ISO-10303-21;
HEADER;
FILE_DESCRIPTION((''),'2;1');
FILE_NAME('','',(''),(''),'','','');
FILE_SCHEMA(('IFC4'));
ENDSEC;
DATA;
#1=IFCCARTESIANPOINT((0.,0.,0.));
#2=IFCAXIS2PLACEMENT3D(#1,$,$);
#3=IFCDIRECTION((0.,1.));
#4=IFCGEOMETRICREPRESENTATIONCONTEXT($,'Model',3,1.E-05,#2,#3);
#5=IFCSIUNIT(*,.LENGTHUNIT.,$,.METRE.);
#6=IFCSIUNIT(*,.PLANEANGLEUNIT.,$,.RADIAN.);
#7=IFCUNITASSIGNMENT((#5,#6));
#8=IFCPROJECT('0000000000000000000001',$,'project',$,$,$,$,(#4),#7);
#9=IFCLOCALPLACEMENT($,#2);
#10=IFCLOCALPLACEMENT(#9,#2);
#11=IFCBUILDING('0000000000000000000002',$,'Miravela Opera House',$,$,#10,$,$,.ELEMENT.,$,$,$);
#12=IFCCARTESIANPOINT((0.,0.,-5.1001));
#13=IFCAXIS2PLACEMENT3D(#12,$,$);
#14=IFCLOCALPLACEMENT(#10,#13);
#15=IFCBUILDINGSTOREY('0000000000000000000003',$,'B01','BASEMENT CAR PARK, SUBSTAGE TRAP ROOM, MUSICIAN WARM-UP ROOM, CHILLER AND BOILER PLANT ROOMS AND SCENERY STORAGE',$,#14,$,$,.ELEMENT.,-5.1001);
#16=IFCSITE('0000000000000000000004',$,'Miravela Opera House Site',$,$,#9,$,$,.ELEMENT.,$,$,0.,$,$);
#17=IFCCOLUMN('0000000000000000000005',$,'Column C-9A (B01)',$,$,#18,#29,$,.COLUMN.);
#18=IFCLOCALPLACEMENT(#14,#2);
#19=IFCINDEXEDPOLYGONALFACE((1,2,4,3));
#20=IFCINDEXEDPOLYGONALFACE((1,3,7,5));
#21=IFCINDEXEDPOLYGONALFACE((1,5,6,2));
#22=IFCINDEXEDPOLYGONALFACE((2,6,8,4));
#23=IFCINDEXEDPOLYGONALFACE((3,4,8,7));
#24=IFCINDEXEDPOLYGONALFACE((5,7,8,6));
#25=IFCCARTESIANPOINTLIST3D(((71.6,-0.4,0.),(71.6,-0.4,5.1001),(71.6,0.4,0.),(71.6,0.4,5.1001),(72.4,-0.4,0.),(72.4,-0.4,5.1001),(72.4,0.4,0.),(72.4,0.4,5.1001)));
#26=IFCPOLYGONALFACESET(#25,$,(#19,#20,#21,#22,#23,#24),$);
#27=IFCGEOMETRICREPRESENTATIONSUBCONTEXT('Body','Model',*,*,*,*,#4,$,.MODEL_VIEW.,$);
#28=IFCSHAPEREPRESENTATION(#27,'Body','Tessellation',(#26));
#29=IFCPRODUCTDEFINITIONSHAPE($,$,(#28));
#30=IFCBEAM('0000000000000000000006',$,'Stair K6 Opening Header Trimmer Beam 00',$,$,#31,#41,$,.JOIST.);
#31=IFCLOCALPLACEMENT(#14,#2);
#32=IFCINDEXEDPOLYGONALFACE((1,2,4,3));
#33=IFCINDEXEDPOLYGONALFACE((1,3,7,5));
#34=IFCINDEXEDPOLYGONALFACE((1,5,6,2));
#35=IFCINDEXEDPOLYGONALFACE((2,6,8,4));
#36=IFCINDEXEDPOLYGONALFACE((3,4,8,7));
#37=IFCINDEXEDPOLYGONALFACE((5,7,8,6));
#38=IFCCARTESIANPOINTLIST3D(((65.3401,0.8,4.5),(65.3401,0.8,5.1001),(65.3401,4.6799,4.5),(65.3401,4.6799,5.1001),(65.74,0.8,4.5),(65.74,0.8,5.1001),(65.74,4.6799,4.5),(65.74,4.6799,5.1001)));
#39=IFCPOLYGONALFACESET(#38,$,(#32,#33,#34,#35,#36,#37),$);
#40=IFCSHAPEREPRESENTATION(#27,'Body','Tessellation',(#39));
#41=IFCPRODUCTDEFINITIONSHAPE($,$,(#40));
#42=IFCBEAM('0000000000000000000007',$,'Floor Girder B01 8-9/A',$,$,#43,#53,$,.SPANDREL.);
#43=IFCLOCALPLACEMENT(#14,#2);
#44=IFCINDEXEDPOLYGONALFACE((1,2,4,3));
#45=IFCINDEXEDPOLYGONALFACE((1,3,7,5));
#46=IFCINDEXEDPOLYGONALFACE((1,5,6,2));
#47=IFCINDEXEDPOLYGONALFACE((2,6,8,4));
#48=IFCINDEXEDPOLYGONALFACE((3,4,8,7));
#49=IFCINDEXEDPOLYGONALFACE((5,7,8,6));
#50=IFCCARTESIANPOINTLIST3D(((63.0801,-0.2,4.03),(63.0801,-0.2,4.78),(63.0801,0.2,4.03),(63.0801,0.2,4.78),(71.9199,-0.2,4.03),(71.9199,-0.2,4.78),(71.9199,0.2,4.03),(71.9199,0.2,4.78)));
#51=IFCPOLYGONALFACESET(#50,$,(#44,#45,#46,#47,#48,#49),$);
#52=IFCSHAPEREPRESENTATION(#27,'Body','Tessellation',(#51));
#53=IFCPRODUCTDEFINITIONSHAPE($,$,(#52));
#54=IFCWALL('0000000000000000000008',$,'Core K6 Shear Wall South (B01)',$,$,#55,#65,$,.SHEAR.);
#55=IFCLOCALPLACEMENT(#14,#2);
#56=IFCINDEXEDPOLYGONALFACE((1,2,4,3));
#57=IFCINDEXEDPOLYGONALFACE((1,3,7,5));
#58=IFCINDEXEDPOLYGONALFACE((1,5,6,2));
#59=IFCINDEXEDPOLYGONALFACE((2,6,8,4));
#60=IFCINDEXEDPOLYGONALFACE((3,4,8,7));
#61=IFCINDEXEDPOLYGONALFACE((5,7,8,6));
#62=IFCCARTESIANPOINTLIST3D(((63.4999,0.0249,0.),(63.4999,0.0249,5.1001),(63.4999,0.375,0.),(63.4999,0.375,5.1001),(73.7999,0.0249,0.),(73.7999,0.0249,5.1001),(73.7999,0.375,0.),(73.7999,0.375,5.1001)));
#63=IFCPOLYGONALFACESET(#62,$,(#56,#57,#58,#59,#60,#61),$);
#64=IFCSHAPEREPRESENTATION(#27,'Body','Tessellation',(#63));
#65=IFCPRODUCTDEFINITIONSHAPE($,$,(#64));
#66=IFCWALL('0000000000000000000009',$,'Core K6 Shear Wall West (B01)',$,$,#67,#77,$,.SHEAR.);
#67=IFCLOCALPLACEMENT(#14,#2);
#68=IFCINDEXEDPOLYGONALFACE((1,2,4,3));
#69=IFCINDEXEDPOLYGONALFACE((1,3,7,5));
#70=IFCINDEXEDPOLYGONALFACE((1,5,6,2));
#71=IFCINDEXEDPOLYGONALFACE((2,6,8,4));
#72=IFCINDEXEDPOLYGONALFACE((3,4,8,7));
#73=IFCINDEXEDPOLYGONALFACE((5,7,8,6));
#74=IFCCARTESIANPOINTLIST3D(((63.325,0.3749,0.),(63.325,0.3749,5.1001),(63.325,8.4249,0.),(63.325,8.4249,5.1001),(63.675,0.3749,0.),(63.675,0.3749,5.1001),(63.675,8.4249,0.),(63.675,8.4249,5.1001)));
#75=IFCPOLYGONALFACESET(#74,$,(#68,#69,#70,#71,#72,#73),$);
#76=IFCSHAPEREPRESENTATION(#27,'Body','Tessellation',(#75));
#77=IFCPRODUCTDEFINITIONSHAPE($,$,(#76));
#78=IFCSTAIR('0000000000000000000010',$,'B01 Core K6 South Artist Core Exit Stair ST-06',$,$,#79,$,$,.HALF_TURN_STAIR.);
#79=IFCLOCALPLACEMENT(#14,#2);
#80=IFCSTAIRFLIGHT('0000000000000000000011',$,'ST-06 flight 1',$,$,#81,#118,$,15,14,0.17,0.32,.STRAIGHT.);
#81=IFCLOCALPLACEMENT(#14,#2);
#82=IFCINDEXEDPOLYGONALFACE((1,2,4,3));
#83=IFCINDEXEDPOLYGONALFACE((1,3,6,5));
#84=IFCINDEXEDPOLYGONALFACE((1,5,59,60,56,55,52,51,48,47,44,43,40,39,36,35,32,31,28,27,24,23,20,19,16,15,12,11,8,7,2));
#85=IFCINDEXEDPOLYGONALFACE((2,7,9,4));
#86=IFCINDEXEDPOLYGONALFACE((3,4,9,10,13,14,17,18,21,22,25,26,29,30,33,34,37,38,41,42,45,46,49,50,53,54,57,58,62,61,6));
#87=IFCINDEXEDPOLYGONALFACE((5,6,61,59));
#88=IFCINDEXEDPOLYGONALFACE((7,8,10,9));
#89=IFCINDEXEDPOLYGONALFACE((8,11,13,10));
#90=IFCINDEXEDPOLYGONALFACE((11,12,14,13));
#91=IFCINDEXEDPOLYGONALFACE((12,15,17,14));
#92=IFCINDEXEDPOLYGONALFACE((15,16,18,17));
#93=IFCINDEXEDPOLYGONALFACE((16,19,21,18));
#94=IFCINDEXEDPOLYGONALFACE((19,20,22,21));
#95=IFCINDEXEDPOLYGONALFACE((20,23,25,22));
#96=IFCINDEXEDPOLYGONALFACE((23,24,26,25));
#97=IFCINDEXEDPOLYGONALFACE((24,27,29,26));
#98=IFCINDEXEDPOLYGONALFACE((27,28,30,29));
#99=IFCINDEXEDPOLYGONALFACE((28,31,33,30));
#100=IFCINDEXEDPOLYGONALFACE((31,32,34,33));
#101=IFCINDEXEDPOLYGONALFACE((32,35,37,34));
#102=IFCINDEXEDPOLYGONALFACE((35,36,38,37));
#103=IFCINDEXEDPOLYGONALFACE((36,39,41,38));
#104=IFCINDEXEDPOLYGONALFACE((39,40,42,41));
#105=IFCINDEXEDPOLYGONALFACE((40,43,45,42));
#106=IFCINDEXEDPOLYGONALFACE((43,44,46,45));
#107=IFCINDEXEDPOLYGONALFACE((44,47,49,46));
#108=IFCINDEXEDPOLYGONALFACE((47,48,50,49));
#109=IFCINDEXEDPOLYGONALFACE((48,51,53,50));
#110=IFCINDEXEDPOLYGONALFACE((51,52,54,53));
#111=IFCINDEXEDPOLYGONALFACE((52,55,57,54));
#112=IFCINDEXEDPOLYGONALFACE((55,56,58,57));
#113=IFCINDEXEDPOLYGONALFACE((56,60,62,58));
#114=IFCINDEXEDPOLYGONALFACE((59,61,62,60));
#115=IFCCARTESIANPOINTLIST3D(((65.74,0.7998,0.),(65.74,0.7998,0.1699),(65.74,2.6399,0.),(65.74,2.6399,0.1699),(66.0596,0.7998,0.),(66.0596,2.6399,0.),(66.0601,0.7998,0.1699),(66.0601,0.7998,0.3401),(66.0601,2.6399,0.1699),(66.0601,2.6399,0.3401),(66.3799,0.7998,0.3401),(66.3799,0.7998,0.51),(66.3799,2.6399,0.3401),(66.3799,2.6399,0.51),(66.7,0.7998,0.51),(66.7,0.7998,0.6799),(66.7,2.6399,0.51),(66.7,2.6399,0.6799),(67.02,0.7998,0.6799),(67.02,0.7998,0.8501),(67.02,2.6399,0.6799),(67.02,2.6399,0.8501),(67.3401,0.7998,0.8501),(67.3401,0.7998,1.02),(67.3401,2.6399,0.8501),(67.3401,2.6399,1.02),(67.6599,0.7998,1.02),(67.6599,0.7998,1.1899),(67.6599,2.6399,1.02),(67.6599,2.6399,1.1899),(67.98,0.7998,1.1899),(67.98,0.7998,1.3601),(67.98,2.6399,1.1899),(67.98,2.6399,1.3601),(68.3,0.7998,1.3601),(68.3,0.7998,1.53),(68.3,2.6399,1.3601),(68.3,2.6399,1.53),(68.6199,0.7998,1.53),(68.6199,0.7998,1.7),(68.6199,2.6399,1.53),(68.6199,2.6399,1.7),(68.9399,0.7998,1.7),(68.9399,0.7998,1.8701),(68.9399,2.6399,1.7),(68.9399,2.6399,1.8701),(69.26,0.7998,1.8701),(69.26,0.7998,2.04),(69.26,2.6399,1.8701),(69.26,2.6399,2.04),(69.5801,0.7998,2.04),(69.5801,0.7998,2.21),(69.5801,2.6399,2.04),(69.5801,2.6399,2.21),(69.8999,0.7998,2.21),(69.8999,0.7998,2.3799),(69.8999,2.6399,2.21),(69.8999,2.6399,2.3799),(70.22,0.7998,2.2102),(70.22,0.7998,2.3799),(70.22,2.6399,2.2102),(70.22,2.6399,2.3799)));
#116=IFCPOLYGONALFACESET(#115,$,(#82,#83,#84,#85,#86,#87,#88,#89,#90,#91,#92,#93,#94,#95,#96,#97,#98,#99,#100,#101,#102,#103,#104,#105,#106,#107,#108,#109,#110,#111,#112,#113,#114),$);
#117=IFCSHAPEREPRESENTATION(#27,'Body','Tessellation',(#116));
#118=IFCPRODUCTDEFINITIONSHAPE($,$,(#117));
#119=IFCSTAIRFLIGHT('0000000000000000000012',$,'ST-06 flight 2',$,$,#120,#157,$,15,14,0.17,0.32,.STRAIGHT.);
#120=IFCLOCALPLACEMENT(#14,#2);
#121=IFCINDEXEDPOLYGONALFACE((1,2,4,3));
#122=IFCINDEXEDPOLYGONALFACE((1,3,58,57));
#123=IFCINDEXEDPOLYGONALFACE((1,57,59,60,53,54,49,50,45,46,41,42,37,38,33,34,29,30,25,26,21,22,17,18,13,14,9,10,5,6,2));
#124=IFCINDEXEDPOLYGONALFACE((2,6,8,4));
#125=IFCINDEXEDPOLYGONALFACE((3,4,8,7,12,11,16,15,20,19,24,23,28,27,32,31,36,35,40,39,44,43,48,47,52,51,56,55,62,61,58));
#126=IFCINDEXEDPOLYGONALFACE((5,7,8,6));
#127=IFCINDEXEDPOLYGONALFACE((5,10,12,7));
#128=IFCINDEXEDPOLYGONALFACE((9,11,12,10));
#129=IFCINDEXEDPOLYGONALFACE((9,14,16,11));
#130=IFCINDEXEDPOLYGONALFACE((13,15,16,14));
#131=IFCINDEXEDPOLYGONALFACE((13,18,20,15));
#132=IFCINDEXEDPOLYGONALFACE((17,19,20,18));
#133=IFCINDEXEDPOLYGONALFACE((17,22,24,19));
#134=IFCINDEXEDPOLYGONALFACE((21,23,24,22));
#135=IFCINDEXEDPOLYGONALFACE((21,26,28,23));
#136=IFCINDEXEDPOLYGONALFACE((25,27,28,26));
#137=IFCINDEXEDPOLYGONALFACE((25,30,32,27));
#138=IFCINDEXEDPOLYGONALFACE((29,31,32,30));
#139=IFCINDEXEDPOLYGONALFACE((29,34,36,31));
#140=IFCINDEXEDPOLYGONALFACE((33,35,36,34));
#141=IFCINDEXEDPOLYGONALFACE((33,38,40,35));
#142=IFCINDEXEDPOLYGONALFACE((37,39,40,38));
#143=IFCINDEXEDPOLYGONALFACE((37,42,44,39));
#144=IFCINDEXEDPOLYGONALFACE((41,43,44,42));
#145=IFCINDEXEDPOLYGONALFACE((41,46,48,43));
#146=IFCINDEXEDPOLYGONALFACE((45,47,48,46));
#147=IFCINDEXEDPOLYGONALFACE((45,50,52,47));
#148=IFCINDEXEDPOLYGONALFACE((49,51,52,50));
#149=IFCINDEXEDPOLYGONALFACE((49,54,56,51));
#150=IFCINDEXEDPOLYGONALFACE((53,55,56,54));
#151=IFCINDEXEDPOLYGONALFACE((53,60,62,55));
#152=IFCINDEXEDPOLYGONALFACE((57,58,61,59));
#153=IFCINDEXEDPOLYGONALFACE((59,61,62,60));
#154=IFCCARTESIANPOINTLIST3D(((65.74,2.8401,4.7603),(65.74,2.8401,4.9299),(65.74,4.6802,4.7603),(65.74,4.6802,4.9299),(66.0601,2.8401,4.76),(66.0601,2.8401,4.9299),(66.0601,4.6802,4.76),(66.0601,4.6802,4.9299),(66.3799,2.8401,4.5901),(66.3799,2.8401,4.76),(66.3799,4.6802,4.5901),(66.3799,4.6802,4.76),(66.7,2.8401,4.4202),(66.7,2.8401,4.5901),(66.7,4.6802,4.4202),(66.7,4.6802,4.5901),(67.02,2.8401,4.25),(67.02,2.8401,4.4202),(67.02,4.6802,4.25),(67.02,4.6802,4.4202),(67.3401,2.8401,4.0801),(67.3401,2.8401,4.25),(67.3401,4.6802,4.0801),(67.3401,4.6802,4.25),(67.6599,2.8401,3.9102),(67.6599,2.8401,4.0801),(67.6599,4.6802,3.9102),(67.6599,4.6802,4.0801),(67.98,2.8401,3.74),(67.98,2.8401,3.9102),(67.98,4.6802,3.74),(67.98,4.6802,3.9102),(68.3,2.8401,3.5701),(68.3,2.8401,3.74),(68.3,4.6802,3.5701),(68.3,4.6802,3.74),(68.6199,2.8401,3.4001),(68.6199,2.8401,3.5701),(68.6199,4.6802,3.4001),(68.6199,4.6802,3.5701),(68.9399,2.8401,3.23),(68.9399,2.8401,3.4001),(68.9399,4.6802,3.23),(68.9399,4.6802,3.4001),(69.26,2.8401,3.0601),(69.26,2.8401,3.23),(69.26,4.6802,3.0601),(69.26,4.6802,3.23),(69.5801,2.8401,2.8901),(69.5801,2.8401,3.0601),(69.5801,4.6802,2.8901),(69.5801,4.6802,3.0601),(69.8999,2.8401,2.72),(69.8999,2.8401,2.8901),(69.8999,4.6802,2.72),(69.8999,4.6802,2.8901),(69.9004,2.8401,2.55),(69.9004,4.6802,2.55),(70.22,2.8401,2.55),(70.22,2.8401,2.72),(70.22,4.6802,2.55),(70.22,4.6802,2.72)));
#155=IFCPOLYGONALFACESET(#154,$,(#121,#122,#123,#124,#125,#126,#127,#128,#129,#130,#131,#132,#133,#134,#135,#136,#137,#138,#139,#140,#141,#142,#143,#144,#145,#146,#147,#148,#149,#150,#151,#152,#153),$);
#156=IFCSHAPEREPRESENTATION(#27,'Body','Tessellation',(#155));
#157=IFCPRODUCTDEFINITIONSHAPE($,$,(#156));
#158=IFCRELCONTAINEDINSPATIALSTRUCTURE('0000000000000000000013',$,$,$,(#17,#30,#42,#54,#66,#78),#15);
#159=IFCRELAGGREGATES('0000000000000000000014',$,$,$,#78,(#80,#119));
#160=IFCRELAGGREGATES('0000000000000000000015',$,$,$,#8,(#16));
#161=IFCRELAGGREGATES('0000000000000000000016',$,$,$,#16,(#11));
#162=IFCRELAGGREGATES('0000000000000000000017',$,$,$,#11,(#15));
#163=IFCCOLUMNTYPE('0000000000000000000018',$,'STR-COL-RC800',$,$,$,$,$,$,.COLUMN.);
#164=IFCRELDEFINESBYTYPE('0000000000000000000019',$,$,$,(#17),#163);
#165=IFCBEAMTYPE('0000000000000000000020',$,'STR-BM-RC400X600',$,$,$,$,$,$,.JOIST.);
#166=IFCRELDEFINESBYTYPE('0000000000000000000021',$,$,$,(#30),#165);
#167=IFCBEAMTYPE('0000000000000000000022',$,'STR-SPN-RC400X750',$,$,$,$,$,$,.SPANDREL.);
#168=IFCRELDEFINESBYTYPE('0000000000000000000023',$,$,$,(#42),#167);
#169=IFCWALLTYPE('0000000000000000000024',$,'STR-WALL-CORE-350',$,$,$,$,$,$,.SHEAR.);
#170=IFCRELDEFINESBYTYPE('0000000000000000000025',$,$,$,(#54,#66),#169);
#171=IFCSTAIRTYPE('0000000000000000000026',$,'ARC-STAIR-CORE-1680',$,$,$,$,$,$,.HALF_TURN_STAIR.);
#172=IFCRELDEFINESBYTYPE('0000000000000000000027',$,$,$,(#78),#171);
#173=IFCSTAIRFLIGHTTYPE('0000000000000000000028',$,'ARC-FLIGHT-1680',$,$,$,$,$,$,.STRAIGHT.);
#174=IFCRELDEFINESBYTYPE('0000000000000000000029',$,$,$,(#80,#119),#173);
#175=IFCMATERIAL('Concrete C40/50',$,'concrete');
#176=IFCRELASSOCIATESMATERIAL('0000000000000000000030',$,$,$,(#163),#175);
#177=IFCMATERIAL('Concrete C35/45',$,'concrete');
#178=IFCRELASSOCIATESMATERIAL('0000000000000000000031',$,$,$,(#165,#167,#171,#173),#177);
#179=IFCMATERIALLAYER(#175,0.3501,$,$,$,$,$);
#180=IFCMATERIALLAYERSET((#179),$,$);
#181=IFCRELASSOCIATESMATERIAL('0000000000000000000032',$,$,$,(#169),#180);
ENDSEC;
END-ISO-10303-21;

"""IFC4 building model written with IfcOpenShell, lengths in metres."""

from ifc_helpers import new_model, si_unit, direction, frame, frame_2d, origin, origin_2d, place, context, subcontext, project, spatial, polyline, rectangle, outline, extrude, material, layer, layer_set, material_profile, profile_set, type_object, element, aggregate, save


model = new_model("IFC4")

# Units and contexts
model_context = context("Model", 3, precision=1e-05, world=origin(), true_north=direction((0.0, 1.0)))
body_context = subcontext(model_context, "Body", "Model", "MODEL_VIEW")
ifc_project = project(units=[si_unit("LENGTHUNIT", "METRE"), si_unit("PLANEANGLEUNIT", "RADIAN")], contexts=[model_context])

# Site, building, storey
site_placement = place(None, origin())
site = spatial("IfcSite", under=ifc_project, at=site_placement, Name="Miravela Opera House Site", CompositionType="ELEMENT", RefElevation=0.0)
building_placement = place(site_placement, origin())
building = spatial("IfcBuilding", under=site, at=building_placement, Name="Miravela Opera House", CompositionType="ELEMENT")
storey_placement = place(building_placement, frame((0.0, 0.0, -5.1001)))
storey = spatial("IfcBuildingStorey", under=building, at=storey_placement, Name="B01", Description="BASEMENT CAR PARK, SUBSTAGE TRAP ROOM, MUSICIAN WARM-UP ROOM, CHILLER AND BOILER PLANT ROOMS AND SCENERY STORAGE", CompositionType="ELEMENT", Elevation=-5.1001)

# Shared definitions
ifc_material_1 = material(Name="Concrete C35/45", Category="concrete")

# Column
ifc_material_2 = material(Name="Concrete C40/50", Category="concrete")
ifc_material_profile_1 = material_profile(ifc_material_2, rectangle(XDim=0.8, YDim=0.8, at=origin_2d()), Name="RC-COL-800X800")
ifc_profile_set_1 = profile_set([ifc_material_profile_1])
column_type_1 = type_object("IfcColumnType", Name="STR-COL-RC800", PredefinedType="COLUMN", material=ifc_profile_set_1)
column_placement = place(storey_placement, frame((72.0, 0.0, 0.0), z_axis=(0.0, 0.0, 1.0), x_axis=(1.0, 0.0, 0.0)))
element("IfcColumn", 1, at=column_placement, inside=storey, type_object=column_type_1, Name="Column C-9A (B01)", PredefinedType="COLUMN", context=body_context, shape_type="SweptSolid", body=[
    extrude(rectangle(XDim=0.8, YDim=0.8, at=origin_2d()), origin(), (0.0, 0.0, 1.0), 5.1001),
])

# Beams
ifc_material_profile_2 = material_profile(ifc_material_1, rectangle(XDim=0.3999, YDim=0.6001, at=origin_2d()), Name="RC-BM-400X600")
ifc_profile_set_2 = profile_set([ifc_material_profile_2])
beam_type_1 = type_object("IfcBeamType", Name="STR-BM-RC400X600", PredefinedType="JOIST", material=ifc_profile_set_2)
beam_1_placement = place(storey_placement, frame((65.54, 0.8, 4.8), z_axis=(0.0, 1.0, 0.0), x_axis=(-1.0, 0.0, 0.0)))
element("IfcBeam", 2, at=beam_1_placement, inside=storey, type_object=beam_type_1, Name="Stair K6 Opening Header Trimmer Beam 00", PredefinedType="JOIST", context=body_context, shape_type="SweptSolid", body=[
    extrude(rectangle(XDim=0.3999, YDim=0.6001, at=origin_2d()), origin(), (0.0, 0.0, 1.0), 3.8799),
])
ifc_material_profile_3 = material_profile(ifc_material_1, rectangle(XDim=0.3999, YDim=0.75, at=origin_2d()), Name="RC-SPN-400X750")
ifc_profile_set_3 = profile_set([ifc_material_profile_3])
beam_type_2 = type_object("IfcBeamType", Name="STR-SPN-RC400X750", PredefinedType="SPANDREL", material=ifc_profile_set_3)
beam_2_placement = place(storey_placement, frame((63.0801, 0.0, 4.405), z_axis=(1.0, 0.0, 0.0), x_axis=(0.0, 1.0, 0.0)))
element("IfcBeam", 3, at=beam_2_placement, inside=storey, type_object=beam_type_2, Name="Floor Girder B01 8-9/A", PredefinedType="SPANDREL", context=body_context, shape_type="SweptSolid", body=[
    extrude(rectangle(XDim=0.3999, YDim=0.75, at=origin_2d()), origin(), (0.0, 0.0, 1.0), 8.8398),
])

# Walls
ifc_layer = layer(ifc_material_2, 0.3501)
ifc_layer_set = layer_set([ifc_layer])
wall_type = type_object("IfcWallType", Name="STR-WALL-CORE-350", PredefinedType="SHEAR", material=ifc_layer_set)
wall_1_placement = place(storey_placement, frame((63.5, 0.2, 0.0), z_axis=(0.0, 0.0, 1.0), x_axis=(1.0, 0.0, 0.0)))
element("IfcWall", 4, at=wall_1_placement, inside=storey, type_object=wall_type, Name="Core K6 Shear Wall South (B01)", PredefinedType="SHEAR", context=body_context, shape_type="SweptSolid", body=[
    extrude(rectangle(XDim=10.3, YDim=0.3501, at=frame_2d((5.1499, 0.0))), origin(), (0.0, 0.0, 1.0), 5.1001),
])
wall_2_placement = place(storey_placement, frame((63.5, 0.375, 0.0), z_axis=(0.0, 0.0, 1.0), x_axis=(0.0, 1.0, 0.0)))
element("IfcWall", 5, at=wall_2_placement, inside=storey, type_object=wall_type, Name="Core K6 Shear Wall West (B01)", PredefinedType="SHEAR", context=body_context, shape_type="SweptSolid", body=[
    extrude(rectangle(XDim=8.05, YDim=0.3501, at=frame_2d((4.0249, 0.0))), origin(), (0.0, 0.0, 1.0), 5.1001),
])

# Stair, stair flights
stair_type = type_object("IfcStairType", Name="ARC-STAIR-CORE-1680", PredefinedType="HALF_TURN_STAIR", material=ifc_material_1)
stair_placement = place(storey_placement, origin())
stair = element("IfcStair", 6, at=stair_placement, inside=storey, type_object=stair_type, Name="B01 Core K6 South Artist Core Exit Stair ST-06", PredefinedType="HALF_TURN_STAIR")
stair_flight_type = type_object("IfcStairFlightType", Name="ARC-FLIGHT-1680", PredefinedType="STRAIGHT", material=ifc_material_1)
stair_flight_1_placement = place(storey_placement, frame((65.74, 1.72, 0.0), z_axis=(0.0, 0.0, 1.0), x_axis=(1.0, 0.0, 0.0)))
stair_flight_1 = element("IfcStairFlight", 7, at=stair_flight_1_placement, type_object=stair_flight_type, Name="ST-06 flight 1", NumberOfRisers=15, NumberOfTreads=14, PredefinedType="STRAIGHT", RiserHeight=0.17, TreadLength=0.32, context=body_context, shape_type="SweptSolid", body=[
    extrude(outline(polyline([(0.0, 0.0), (0.0, 0.1699), (0.3201, 0.1699), (0.3201, 0.3401), (0.6399, 0.3401), (0.6399, 0.51), (0.96, 0.51), (0.96, 0.6799), (1.28, 0.6799), (1.28, 0.8501), (1.6001, 0.8501), (1.6001, 1.02), (1.9199, 1.02), (1.9199, 1.1899), (2.24, 1.1899), (2.24, 1.3601), (2.5601, 1.3601), (2.5601, 1.53), (2.8799, 1.53), (2.8799, 1.7), (3.2, 1.7), (3.2, 1.8701), (3.52, 1.8701), (3.52, 2.04), (3.8401, 2.04), (3.8401, 2.21), (4.1599, 2.21), (4.1599, 2.3799), (4.48, 2.3799), (4.48, 2.55), (4.48, 2.2102), (0.3196, 0.0), (0.0, 0.0)])), frame((0.0, 0.9199, 0.0), z_axis=(0.0, -1.0, 0.0), x_axis=(1.0, 0.0, 0.0)), (0.0, 0.0, 1.0), 1.8401),
])
stair_flight_2_placement = place(storey_placement, frame((70.22, 3.76, 2.55), z_axis=(0.0, 0.0, 1.0), x_axis=(-1.0, 0.0, 0.0)))
stair_flight_2 = element("IfcStairFlight", 8, at=stair_flight_2_placement, type_object=stair_flight_type, Name="ST-06 flight 2", NumberOfRisers=15, NumberOfTreads=14, PredefinedType="STRAIGHT", RiserHeight=0.17, TreadLength=0.32, context=body_context, shape_type="SweptSolid", body=[
    extrude(outline(polyline([(0.0, 0.0), (0.0, 0.1699), (0.3201, 0.1699), (0.3201, 0.3401), (0.6399, 0.3401), (0.6399, 0.51), (0.96, 0.51), (0.96, 0.6799), (1.28, 0.6799), (1.28, 0.8501), (1.6001, 0.8501), (1.6001, 1.02), (1.9199, 1.02), (1.9199, 1.1899), (2.24, 1.1899), (2.24, 1.3601), (2.5601, 1.3601), (2.5601, 1.53), (2.8799, 1.53), (2.8799, 1.7), (3.2, 1.7), (3.2, 1.8701), (3.52, 1.8701), (3.52, 2.04), (3.8401, 2.04), (3.8401, 2.21), (4.1599, 2.21), (4.1599, 2.3799), (4.48, 2.3799), (4.48, 2.55), (4.48, 2.2102), (0.3196, 0.0), (0.0, 0.0)])), frame((0.0, 0.9199, 0.0), z_axis=(0.0, -1.0, 0.0), x_axis=(1.0, 0.0, 0.0)), (0.0, 0.0, 1.0), 1.8401),
])
aggregate(stair, [stair_flight_1, stair_flight_2])

save(model, "model.ifc")
